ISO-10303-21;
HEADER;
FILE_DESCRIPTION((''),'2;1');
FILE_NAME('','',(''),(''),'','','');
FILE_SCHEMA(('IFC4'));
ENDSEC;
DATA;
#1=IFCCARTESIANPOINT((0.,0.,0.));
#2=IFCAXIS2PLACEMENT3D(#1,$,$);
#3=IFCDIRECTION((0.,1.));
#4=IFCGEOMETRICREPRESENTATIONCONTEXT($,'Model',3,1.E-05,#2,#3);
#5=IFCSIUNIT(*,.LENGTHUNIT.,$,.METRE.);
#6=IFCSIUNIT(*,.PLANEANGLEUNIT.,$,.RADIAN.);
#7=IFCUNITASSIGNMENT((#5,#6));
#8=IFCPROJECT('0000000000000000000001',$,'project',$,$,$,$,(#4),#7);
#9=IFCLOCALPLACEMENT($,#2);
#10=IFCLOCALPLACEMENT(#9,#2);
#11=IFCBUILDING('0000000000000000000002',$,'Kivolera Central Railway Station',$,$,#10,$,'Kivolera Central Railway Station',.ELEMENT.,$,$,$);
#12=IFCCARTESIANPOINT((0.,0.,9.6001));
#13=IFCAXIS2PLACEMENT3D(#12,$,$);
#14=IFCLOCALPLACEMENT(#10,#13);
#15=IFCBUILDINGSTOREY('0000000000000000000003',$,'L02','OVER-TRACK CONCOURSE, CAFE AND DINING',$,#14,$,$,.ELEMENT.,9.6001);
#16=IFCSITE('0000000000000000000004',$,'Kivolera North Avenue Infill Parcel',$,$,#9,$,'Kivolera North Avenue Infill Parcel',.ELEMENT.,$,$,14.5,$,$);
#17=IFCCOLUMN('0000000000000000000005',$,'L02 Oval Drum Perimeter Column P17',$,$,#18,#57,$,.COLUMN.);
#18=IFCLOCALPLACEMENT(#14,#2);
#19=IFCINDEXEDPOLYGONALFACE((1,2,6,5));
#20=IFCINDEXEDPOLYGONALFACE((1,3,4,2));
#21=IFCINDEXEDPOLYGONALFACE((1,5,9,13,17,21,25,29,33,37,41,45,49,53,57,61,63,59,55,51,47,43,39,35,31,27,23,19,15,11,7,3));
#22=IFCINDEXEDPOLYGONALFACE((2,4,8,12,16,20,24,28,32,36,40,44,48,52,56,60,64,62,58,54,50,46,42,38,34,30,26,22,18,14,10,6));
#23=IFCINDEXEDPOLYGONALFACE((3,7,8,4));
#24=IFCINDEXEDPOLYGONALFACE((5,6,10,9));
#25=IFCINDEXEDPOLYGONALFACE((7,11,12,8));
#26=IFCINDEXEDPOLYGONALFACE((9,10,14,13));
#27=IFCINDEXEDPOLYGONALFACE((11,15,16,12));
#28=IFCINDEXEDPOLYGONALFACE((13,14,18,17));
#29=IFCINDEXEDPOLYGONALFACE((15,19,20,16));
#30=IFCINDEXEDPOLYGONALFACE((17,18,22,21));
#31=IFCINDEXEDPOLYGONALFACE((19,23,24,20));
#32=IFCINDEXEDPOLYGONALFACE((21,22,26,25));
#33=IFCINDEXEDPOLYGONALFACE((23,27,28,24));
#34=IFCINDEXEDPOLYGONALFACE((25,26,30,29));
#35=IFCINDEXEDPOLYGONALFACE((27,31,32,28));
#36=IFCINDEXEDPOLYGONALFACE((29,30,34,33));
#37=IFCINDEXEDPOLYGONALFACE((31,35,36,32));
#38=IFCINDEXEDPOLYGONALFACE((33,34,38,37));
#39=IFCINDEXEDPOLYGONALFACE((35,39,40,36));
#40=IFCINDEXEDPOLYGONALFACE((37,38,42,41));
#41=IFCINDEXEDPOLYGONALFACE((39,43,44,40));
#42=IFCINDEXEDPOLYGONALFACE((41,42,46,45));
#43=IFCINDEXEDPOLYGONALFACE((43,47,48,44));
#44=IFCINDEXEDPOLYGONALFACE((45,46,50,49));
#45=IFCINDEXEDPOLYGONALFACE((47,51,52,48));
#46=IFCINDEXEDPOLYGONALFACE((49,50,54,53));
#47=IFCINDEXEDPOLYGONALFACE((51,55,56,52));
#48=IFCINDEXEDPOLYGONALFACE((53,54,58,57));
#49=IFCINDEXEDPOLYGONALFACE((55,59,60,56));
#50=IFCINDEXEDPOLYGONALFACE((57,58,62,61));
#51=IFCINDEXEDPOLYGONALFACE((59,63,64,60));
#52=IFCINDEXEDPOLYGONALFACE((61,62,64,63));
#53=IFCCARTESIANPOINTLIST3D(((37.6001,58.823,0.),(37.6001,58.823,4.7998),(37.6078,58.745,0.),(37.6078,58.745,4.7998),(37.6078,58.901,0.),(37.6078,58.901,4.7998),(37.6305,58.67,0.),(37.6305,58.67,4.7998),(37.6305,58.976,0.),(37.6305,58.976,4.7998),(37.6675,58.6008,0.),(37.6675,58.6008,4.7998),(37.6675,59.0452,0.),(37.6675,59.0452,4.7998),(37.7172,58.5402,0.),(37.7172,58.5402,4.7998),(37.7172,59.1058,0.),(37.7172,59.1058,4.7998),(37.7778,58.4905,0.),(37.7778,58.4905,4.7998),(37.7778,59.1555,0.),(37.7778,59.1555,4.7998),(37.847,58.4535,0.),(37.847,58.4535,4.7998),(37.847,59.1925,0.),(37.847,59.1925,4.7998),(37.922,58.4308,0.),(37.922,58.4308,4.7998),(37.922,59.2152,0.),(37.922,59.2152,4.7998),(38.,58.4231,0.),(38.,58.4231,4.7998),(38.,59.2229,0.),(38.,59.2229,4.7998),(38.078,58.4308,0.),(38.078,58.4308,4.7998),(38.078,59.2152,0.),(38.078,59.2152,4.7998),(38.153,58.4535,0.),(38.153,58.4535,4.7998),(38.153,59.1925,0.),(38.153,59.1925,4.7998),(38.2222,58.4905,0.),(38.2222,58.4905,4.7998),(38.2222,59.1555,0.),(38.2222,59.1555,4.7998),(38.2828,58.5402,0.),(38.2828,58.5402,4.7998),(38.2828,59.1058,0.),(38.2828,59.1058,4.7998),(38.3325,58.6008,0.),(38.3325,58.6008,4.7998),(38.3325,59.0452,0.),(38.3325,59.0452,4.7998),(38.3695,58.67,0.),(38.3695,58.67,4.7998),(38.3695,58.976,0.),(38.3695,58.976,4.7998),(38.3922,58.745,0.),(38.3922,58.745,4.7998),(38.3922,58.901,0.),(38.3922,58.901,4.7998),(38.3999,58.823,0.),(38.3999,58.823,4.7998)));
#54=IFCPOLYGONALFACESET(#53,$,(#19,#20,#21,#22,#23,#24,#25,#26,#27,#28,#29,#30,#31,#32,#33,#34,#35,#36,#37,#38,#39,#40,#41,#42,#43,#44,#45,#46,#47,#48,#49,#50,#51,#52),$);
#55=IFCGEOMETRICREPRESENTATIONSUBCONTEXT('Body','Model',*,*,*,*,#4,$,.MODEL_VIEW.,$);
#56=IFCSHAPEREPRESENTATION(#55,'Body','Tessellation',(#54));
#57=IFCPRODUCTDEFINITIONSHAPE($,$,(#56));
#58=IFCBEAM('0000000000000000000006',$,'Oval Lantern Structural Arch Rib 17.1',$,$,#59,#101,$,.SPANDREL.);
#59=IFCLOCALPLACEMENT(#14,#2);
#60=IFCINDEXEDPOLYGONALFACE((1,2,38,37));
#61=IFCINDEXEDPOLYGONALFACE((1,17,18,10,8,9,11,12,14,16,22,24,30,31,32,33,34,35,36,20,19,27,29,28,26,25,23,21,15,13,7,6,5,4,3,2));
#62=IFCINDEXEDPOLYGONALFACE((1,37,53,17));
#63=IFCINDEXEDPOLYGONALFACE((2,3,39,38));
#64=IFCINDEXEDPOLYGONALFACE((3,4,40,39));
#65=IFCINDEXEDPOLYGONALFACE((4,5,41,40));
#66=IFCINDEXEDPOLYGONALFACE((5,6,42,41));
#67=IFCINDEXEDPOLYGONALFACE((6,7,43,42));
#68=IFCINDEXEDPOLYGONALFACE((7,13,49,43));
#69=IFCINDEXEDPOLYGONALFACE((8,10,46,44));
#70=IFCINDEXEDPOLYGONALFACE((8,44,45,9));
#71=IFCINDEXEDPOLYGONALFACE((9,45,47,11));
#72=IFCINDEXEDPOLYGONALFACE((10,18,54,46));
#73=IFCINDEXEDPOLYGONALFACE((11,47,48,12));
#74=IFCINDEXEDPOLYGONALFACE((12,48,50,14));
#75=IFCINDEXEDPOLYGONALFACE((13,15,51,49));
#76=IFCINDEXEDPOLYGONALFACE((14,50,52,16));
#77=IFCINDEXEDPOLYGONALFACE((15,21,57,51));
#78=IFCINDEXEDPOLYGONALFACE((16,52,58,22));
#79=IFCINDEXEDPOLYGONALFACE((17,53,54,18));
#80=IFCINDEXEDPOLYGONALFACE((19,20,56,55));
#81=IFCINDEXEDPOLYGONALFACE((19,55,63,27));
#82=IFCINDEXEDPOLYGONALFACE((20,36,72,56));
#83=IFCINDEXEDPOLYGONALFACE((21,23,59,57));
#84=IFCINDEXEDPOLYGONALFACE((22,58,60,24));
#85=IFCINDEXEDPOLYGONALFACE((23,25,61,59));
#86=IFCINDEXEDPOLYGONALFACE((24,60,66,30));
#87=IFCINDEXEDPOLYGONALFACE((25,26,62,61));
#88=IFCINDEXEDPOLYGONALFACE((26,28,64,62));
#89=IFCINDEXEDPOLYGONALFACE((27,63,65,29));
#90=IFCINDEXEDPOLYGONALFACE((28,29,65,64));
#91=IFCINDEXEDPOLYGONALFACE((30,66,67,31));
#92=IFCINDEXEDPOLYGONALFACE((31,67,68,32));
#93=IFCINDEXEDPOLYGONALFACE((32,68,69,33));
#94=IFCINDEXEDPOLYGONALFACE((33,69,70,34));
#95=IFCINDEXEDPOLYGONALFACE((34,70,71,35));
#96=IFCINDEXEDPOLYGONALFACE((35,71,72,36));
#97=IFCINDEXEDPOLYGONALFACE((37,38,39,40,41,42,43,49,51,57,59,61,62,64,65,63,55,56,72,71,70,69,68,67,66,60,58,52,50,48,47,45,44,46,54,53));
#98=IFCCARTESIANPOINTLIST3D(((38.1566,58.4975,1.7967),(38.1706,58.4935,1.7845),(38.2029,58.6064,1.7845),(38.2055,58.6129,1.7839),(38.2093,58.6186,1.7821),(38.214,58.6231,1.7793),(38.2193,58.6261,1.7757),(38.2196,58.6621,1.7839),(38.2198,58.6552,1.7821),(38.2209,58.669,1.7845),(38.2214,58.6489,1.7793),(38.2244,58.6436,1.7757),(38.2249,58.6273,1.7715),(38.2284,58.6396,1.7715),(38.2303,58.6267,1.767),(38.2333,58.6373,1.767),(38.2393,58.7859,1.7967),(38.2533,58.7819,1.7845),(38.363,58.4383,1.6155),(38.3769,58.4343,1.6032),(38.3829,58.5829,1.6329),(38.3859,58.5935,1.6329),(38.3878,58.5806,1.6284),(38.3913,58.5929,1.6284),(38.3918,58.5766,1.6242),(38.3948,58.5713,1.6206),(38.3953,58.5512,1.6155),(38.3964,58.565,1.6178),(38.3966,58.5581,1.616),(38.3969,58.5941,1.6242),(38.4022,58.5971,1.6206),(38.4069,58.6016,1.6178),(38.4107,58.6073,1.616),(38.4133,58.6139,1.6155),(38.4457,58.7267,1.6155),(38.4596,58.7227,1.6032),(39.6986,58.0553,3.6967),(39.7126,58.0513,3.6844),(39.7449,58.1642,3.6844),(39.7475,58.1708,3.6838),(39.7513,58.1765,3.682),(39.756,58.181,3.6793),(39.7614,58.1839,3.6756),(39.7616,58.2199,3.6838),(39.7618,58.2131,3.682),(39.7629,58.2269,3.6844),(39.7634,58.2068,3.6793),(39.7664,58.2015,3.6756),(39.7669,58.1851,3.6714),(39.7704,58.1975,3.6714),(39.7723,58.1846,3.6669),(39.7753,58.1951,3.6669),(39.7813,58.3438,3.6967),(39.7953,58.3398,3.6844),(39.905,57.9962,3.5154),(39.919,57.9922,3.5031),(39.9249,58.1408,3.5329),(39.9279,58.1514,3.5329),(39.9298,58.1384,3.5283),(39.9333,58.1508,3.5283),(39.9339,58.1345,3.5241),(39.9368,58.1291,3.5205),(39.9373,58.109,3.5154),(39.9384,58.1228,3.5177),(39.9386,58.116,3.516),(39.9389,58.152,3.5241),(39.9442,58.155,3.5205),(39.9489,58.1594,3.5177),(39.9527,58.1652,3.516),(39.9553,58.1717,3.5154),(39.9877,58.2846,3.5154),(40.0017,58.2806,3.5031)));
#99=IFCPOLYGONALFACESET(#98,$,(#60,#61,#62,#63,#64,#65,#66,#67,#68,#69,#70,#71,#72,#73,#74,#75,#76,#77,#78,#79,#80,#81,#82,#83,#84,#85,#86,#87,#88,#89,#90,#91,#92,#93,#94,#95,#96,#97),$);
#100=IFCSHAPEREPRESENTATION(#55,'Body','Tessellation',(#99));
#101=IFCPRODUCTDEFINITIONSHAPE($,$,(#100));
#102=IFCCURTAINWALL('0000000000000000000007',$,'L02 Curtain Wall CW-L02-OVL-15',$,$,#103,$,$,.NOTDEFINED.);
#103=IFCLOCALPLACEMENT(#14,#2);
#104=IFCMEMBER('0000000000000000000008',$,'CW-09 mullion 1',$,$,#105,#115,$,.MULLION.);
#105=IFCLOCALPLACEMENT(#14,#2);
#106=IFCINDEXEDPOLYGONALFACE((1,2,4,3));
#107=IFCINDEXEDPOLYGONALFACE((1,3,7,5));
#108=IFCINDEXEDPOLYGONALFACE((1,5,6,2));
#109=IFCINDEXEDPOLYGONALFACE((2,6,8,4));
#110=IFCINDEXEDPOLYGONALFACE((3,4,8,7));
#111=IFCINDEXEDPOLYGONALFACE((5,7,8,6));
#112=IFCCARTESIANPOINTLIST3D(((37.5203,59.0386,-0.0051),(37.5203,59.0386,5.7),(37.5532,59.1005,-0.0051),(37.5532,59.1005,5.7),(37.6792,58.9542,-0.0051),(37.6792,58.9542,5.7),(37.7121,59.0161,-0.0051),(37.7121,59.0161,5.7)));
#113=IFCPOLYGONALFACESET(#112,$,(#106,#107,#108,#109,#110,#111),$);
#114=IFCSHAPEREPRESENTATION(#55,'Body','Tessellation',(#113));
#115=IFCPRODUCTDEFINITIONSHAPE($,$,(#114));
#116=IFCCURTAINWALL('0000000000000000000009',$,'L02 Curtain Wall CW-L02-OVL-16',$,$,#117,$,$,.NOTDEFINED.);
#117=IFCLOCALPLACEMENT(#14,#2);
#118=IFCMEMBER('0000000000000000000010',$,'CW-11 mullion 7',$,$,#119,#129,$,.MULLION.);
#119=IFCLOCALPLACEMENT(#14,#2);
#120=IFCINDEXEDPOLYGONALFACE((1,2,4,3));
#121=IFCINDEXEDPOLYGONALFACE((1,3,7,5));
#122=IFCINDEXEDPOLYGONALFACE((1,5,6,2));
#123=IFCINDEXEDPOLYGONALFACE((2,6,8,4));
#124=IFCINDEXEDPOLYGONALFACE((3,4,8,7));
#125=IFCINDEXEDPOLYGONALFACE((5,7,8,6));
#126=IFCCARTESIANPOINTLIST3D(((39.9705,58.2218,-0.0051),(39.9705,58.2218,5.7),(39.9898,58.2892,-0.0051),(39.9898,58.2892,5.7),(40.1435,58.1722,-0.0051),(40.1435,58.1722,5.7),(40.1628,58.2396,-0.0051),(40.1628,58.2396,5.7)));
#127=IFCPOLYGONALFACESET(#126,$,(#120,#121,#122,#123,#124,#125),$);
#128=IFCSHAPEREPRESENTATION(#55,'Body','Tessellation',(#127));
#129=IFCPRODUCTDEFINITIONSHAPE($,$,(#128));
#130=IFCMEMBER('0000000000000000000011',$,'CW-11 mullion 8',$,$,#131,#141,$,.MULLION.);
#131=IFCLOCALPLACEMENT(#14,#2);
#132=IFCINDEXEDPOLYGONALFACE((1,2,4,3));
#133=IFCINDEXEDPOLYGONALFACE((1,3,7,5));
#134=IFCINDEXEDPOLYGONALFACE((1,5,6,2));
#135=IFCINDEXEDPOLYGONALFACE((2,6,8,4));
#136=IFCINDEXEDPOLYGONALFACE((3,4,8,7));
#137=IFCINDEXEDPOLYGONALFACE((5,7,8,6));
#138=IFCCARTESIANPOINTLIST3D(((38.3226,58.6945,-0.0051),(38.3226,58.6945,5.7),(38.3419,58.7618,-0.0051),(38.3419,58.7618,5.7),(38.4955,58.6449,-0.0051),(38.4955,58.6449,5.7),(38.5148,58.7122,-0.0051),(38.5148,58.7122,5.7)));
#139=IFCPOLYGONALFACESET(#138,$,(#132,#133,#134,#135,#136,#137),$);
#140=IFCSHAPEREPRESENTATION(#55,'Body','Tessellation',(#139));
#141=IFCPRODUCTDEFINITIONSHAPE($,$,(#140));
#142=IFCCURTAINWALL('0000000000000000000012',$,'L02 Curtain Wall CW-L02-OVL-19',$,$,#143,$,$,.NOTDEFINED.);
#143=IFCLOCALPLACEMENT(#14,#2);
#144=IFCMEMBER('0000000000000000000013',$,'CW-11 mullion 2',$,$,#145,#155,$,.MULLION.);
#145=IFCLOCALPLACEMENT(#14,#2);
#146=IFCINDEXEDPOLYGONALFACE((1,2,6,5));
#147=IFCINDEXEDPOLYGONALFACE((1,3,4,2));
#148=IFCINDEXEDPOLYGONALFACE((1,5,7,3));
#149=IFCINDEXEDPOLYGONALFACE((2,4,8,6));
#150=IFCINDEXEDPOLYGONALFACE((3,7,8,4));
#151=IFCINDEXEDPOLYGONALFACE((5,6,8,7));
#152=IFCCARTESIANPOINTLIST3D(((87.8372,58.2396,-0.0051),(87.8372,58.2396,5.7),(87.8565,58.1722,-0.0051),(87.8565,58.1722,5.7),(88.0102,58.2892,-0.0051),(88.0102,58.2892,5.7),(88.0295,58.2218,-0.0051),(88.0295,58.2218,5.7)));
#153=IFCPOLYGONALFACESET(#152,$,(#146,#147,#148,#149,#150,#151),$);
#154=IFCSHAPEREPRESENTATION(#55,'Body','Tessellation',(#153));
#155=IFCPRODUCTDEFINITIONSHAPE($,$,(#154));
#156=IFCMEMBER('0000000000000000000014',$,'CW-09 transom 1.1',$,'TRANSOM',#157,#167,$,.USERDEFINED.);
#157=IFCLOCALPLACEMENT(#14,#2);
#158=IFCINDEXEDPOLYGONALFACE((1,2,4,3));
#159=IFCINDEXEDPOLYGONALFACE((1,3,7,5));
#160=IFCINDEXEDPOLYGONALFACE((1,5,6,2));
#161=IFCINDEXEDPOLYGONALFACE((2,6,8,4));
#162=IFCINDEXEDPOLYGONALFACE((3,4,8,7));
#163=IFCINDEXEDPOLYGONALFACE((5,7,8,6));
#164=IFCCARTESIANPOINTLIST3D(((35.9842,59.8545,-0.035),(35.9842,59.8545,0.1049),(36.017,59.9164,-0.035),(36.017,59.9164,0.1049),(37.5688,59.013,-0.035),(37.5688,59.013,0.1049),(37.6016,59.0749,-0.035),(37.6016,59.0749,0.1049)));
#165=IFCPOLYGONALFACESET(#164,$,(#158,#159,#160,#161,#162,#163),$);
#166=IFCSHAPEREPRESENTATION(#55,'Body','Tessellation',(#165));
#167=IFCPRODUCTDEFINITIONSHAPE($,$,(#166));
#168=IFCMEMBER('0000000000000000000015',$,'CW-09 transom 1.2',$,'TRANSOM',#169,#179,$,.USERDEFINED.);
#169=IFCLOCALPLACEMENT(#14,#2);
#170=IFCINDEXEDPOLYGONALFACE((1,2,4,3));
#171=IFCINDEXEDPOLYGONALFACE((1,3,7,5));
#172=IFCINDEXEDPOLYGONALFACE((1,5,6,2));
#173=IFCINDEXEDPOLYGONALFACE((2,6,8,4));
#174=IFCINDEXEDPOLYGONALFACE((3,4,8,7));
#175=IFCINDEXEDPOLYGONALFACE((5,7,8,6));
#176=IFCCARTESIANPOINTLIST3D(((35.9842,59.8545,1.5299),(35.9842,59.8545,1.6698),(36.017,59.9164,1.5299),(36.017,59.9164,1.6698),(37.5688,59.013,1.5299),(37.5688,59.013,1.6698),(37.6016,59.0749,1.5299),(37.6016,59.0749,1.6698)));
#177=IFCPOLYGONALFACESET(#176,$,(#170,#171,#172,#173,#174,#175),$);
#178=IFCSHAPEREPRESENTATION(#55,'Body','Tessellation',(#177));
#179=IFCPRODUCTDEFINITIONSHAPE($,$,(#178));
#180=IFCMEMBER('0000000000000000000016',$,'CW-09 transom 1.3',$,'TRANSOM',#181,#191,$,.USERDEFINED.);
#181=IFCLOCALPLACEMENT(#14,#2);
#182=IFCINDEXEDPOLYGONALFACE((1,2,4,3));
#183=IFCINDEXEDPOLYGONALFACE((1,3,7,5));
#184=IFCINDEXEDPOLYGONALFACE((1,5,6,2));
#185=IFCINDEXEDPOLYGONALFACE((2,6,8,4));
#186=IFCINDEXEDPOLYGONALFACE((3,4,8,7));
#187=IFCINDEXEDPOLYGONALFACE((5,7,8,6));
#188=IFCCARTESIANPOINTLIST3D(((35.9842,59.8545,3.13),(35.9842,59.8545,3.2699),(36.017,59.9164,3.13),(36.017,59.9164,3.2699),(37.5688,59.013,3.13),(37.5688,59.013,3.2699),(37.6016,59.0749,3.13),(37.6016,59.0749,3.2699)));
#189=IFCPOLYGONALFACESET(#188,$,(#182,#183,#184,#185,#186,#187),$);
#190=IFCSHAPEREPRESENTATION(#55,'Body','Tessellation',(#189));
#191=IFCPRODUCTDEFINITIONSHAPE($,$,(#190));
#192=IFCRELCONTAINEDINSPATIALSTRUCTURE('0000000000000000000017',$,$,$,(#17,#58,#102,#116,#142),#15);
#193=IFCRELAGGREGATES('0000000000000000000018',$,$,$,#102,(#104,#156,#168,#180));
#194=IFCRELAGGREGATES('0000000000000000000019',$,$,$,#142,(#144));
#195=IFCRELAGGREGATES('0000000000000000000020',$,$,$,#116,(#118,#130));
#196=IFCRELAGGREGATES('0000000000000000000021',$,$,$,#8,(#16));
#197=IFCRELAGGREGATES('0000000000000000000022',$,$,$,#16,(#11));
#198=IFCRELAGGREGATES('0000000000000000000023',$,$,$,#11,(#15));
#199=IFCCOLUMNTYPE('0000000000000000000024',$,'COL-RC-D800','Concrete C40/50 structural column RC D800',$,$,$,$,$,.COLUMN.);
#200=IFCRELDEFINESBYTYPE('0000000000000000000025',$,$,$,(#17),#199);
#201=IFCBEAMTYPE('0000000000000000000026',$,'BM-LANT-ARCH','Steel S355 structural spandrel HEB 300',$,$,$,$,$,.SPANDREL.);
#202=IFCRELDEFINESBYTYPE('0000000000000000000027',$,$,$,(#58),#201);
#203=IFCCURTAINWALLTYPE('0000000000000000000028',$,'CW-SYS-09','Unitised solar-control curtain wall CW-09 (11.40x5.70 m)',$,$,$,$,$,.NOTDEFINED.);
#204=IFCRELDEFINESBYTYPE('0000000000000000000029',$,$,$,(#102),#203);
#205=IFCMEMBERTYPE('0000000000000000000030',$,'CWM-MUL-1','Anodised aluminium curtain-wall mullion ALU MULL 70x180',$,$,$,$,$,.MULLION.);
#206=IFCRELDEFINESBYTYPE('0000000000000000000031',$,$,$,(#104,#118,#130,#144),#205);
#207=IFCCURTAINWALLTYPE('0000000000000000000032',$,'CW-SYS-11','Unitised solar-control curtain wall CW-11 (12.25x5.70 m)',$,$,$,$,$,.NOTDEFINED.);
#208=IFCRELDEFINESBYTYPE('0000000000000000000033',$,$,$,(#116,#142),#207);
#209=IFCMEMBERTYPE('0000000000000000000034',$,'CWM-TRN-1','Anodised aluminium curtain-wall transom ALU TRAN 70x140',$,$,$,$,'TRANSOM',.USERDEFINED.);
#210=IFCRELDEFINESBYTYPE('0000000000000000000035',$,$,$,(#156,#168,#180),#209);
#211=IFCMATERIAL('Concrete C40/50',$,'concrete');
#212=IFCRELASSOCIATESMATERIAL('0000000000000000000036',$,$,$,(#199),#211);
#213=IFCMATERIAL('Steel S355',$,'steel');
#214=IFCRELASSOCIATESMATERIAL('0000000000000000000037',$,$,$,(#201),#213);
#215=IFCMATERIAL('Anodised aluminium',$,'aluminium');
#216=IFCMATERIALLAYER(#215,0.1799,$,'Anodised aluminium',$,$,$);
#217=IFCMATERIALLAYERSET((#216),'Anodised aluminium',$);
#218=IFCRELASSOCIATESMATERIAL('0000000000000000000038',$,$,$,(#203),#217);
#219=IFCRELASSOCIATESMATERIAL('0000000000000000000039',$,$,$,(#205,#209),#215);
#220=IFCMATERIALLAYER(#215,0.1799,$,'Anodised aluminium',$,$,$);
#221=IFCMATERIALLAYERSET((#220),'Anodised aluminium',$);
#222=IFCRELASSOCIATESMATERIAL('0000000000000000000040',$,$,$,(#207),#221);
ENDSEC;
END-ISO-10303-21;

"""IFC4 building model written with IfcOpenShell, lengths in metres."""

from ifc_helpers import new_model, si_unit, direction, frame, origin, origin_2d, place, context, subcontext, project, spatial, rectangle, circle, i_section, extrude, material, layer, layer_set, material_profile, profile_set, type_object, element, aggregate, save


model = new_model("IFC4")

# Units and contexts
model_context = context("Model", 3, precision=1e-05, world=origin(), true_north=direction((0.0, 1.0)))
body_context = subcontext(model_context, "Body", "Model", "MODEL_VIEW")
ifc_project = project(units=[si_unit("LENGTHUNIT", "METRE"), si_unit("PLANEANGLEUNIT", "RADIAN")], contexts=[model_context])

# Site, building, storey
site_placement = place(None, origin())
site = spatial("IfcSite", under=ifc_project, at=site_placement, Name="Kivolera North Avenue Infill Parcel", LongName="Kivolera North Avenue Infill Parcel", CompositionType="ELEMENT", RefElevation=14.5)
building_placement = place(site_placement, origin())
building = spatial("IfcBuilding", under=site, at=building_placement, Name="Kivolera Central Railway Station", LongName="Kivolera Central Railway Station", CompositionType="ELEMENT")
storey_placement = place(building_placement, frame((0.0, 0.0, 9.6001)))
storey = spatial("IfcBuildingStorey", under=building, at=storey_placement, Name="L02", Description="OVER-TRACK CONCOURSE, CAFE AND DINING", CompositionType="ELEMENT", Elevation=9.6001)

# Column
ifc_material_1 = material(Name="Concrete C40/50", Category="concrete")
ifc_material_profile_1 = material_profile(ifc_material_1, circle(Radius=0.3999, at=origin_2d()), Name="RC D800")
ifc_profile_set_1 = profile_set([ifc_material_profile_1], Name="Concrete C40/50")
column_type = type_object("IfcColumnType", Name="COL-RC-D800", Description="Concrete C40/50 structural column RC D800", PredefinedType="COLUMN", material=ifc_profile_set_1)
column_placement = place(storey_placement, frame((38.0, 58.823, 0.0), z_axis=(0.0, 0.0, 1.0), x_axis=(1.0, 0.0, 0.0)))
element("IfcColumn", 1, at=column_placement, inside=storey, type_object=column_type, Name="L02 Oval Drum Perimeter Column P17", PredefinedType="COLUMN", context=body_context, shape_type="SweptSolid", body=[
    extrude(circle(Radius=0.3999, at=origin_2d()), origin(), (0.0, 0.0, 1.0), 4.7998),
])

# Beam
ifc_material_2 = material(Name="Steel S355", Category="steel")
ifc_material_profile_2 = material_profile(ifc_material_2, i_section(OverallWidth=0.3, OverallDepth=0.3, WebThickness=0.011, FlangeThickness=0.019, FilletRadius=0.0271, at=origin_2d()), Name="HEB 300")
ifc_profile_set_2 = profile_set([ifc_material_profile_2], Name="Steel S355")
beam_type = type_object("IfcBeamType", Name="BM-LANT-ARCH", Description="Steel S355 structural spandrel HEB 300", PredefinedType="SPANDREL", material=ifc_profile_set_2)
beam_placement = place(storey_placement, frame((38.3081, 58.6101, 1.7), z_axis=(0.620137, -0.177813, 0.764076), x_axis=(0.275626, 0.961265, 0.0)))
element("IfcBeam", 2, at=beam_placement, inside=storey, type_object=beam_type, Name="Oval Lantern Structural Arch Rib 17.1", PredefinedType="SPANDREL", context=body_context, shape_type="SweptSolid", body=[
    extrude(i_section(OverallWidth=0.3, OverallDepth=0.3, WebThickness=0.011, FlangeThickness=0.019, FilletRadius=0.0271, at=origin_2d()), origin(), (0.0, 0.0, 1.0), 2.4866),
])

# Curtain wall, member
ifc_material_3 = material(Name="Anodised aluminium", Category="aluminium")
ifc_layer_1 = layer(ifc_material_3, 0.1799, Name="Anodised aluminium")
ifc_layer_set_1 = layer_set([ifc_layer_1], Name="Anodised aluminium")
curtain_wall_type_1 = type_object("IfcCurtainWallType", Name="CW-SYS-09", Description="Unitised solar-control curtain wall CW-09 (11.40x5.70 m)", PredefinedType="NOTDEFINED", material=ifc_layer_set_1)
curtain_wall_1_placement = place(storey_placement, origin())
curtain_wall_1 = element("IfcCurtainWall", 3, at=curtain_wall_1_placement, inside=storey, type_object=curtain_wall_type_1, Name="L02 Curtain Wall CW-L02-OVL-15", PredefinedType="NOTDEFINED")
ifc_material_profile_3 = material_profile(ifc_material_3, rectangle(XDim=0.0701, YDim=0.1799, at=origin_2d()), Name="ALU MULL 70x180")
ifc_profile_set_3 = profile_set([ifc_material_profile_3], Name="Anodised aluminium")
member_type_1 = type_object("IfcMemberType", Name="CWM-MUL-1", Description="Anodised aluminium curtain-wall mullion ALU MULL 70x180", PredefinedType="MULLION", material=ifc_profile_set_3)
member_1_placement = place(storey_placement, frame((37.6162, 59.0273, -0.0051), z_axis=(0.0, 0.0, 1.0), x_axis=(-0.469053, -0.88317, 0.0)))
member_1 = element("IfcMember", 4, at=member_1_placement, type_object=member_type_1, Name="CW-09 mullion 1", PredefinedType="MULLION", context=body_context, shape_type="SweptSolid", body=[
    extrude(rectangle(XDim=0.0701, YDim=0.1799, at=origin_2d()), origin(), (0.0, 0.0, 1.0), 5.7051),
])

# Curtain wall, members
ifc_layer_2 = layer(ifc_material_3, 0.1799, Name="Anodised aluminium")
ifc_layer_set_2 = layer_set([ifc_layer_2], Name="Anodised aluminium")
curtain_wall_type_2 = type_object("IfcCurtainWallType", Name="CW-SYS-11", Description="Unitised solar-control curtain wall CW-11 (12.25x5.70 m)", PredefinedType="NOTDEFINED", material=ifc_layer_set_2)
curtain_wall_2_placement = place(storey_placement, origin())
curtain_wall_2 = element("IfcCurtainWall", 5, at=curtain_wall_2_placement, inside=storey, type_object=curtain_wall_type_2, Name="L02 Curtain Wall CW-L02-OVL-16", PredefinedType="NOTDEFINED")
member_2_placement = place(storey_placement, frame((40.0667, 58.2307, -0.0051), z_axis=(0.0, 0.0, 1.0), x_axis=(-0.275692, -0.961246, 0.0)))
member_2 = element("IfcMember", 6, at=member_2_placement, type_object=member_type_1, Name="CW-11 mullion 7", PredefinedType="MULLION", context=body_context, shape_type="SweptSolid", body=[
    extrude(rectangle(XDim=0.0701, YDim=0.1799, at=origin_2d()), origin(), (0.0, 0.0, 1.0), 5.7051),
])
member_3_placement = place(storey_placement, frame((38.4187, 58.7034, -0.0051), z_axis=(0.0, 0.0, 1.0), x_axis=(-0.275692, -0.961246, 0.0)))
member_3 = element("IfcMember", 7, at=member_3_placement, type_object=member_type_1, Name="CW-11 mullion 8", PredefinedType="MULLION", context=body_context, shape_type="SweptSolid", body=[
    extrude(rectangle(XDim=0.0701, YDim=0.1799, at=origin_2d()), origin(), (0.0, 0.0, 1.0), 5.7051),
])

# Curtain wall, member
curtain_wall_3_placement = place(storey_placement, origin())
curtain_wall_3 = element("IfcCurtainWall", 8, at=curtain_wall_3_placement, inside=storey, type_object=curtain_wall_type_2, Name="L02 Curtain Wall CW-L02-OVL-19", PredefinedType="NOTDEFINED")
member_4_placement = place(storey_placement, frame((87.9333, 58.2307, -0.0051), z_axis=(0.0, 0.0, 1.0), x_axis=(0.275692, -0.961246, 0.0)))
member_4 = element("IfcMember", 9, at=member_4_placement, type_object=member_type_1, Name="CW-11 mullion 2", PredefinedType="MULLION", context=body_context, shape_type="SweptSolid", body=[
    extrude(rectangle(XDim=0.0701, YDim=0.1799, at=origin_2d()), origin(), (0.0, 0.0, 1.0), 5.7051),
])

# Members
ifc_material_profile_4 = material_profile(ifc_material_3, rectangle(XDim=0.0701, YDim=0.1399, at=origin_2d()), Name="ALU TRAN 70x140")
ifc_profile_set_4 = profile_set([ifc_material_profile_4], Name="Anodised aluminium")
member_type_2 = type_object("IfcMemberType", Name="CWM-TRN-1", Description="Anodised aluminium curtain-wall transom ALU TRAN 70x140", ElementType="TRANSOM", PredefinedType="USERDEFINED", material=ifc_profile_set_4)
member_5_placement = place(storey_placement, frame((37.5852, 59.0439, 0.0349), z_axis=(-0.883191, 0.469013, 0.0), x_axis=(-0.469013, -0.883191, 0.0)))
member_5 = element("IfcMember", 10, at=member_5_placement, type_object=member_type_2, Name="CW-09 transom 1.1", ObjectType="TRANSOM", PredefinedType="USERDEFINED", context=body_context, shape_type="SweptSolid", body=[
    extrude(rectangle(XDim=0.0701, YDim=0.1399, at=origin_2d()), origin(), (0.0, 0.0, 1.0), 1.7942),
])
member_6_placement = place(storey_placement, frame((37.5852, 59.0439, 1.5999), z_axis=(-0.883191, 0.469013, 0.0), x_axis=(-0.469013, -0.883191, 0.0)))
member_6 = element("IfcMember", 11, at=member_6_placement, type_object=member_type_2, Name="CW-09 transom 1.2", ObjectType="TRANSOM", PredefinedType="USERDEFINED", context=body_context, shape_type="SweptSolid", body=[
    extrude(rectangle(XDim=0.0701, YDim=0.1399, at=origin_2d()), origin(), (0.0, 0.0, 1.0), 1.7942),
])
member_7_placement = place(storey_placement, frame((37.5852, 59.0439, 3.2), z_axis=(-0.883191, 0.469013, 0.0), x_axis=(-0.469013, -0.883191, 0.0)))
member_7 = element("IfcMember", 12, at=member_7_placement, type_object=member_type_2, Name="CW-09 transom 1.3", ObjectType="TRANSOM", PredefinedType="USERDEFINED", context=body_context, shape_type="SweptSolid", body=[
    extrude(rectangle(XDim=0.0701, YDim=0.1399, at=origin_2d()), origin(), (0.0, 0.0, 1.0), 1.7942),
])
aggregate(curtain_wall_1, [member_1, member_5, member_6, member_7])

aggregate(curtain_wall_3, [member_4])
aggregate(curtain_wall_2, [member_2, member_3])

save(model, "model.ifc")
